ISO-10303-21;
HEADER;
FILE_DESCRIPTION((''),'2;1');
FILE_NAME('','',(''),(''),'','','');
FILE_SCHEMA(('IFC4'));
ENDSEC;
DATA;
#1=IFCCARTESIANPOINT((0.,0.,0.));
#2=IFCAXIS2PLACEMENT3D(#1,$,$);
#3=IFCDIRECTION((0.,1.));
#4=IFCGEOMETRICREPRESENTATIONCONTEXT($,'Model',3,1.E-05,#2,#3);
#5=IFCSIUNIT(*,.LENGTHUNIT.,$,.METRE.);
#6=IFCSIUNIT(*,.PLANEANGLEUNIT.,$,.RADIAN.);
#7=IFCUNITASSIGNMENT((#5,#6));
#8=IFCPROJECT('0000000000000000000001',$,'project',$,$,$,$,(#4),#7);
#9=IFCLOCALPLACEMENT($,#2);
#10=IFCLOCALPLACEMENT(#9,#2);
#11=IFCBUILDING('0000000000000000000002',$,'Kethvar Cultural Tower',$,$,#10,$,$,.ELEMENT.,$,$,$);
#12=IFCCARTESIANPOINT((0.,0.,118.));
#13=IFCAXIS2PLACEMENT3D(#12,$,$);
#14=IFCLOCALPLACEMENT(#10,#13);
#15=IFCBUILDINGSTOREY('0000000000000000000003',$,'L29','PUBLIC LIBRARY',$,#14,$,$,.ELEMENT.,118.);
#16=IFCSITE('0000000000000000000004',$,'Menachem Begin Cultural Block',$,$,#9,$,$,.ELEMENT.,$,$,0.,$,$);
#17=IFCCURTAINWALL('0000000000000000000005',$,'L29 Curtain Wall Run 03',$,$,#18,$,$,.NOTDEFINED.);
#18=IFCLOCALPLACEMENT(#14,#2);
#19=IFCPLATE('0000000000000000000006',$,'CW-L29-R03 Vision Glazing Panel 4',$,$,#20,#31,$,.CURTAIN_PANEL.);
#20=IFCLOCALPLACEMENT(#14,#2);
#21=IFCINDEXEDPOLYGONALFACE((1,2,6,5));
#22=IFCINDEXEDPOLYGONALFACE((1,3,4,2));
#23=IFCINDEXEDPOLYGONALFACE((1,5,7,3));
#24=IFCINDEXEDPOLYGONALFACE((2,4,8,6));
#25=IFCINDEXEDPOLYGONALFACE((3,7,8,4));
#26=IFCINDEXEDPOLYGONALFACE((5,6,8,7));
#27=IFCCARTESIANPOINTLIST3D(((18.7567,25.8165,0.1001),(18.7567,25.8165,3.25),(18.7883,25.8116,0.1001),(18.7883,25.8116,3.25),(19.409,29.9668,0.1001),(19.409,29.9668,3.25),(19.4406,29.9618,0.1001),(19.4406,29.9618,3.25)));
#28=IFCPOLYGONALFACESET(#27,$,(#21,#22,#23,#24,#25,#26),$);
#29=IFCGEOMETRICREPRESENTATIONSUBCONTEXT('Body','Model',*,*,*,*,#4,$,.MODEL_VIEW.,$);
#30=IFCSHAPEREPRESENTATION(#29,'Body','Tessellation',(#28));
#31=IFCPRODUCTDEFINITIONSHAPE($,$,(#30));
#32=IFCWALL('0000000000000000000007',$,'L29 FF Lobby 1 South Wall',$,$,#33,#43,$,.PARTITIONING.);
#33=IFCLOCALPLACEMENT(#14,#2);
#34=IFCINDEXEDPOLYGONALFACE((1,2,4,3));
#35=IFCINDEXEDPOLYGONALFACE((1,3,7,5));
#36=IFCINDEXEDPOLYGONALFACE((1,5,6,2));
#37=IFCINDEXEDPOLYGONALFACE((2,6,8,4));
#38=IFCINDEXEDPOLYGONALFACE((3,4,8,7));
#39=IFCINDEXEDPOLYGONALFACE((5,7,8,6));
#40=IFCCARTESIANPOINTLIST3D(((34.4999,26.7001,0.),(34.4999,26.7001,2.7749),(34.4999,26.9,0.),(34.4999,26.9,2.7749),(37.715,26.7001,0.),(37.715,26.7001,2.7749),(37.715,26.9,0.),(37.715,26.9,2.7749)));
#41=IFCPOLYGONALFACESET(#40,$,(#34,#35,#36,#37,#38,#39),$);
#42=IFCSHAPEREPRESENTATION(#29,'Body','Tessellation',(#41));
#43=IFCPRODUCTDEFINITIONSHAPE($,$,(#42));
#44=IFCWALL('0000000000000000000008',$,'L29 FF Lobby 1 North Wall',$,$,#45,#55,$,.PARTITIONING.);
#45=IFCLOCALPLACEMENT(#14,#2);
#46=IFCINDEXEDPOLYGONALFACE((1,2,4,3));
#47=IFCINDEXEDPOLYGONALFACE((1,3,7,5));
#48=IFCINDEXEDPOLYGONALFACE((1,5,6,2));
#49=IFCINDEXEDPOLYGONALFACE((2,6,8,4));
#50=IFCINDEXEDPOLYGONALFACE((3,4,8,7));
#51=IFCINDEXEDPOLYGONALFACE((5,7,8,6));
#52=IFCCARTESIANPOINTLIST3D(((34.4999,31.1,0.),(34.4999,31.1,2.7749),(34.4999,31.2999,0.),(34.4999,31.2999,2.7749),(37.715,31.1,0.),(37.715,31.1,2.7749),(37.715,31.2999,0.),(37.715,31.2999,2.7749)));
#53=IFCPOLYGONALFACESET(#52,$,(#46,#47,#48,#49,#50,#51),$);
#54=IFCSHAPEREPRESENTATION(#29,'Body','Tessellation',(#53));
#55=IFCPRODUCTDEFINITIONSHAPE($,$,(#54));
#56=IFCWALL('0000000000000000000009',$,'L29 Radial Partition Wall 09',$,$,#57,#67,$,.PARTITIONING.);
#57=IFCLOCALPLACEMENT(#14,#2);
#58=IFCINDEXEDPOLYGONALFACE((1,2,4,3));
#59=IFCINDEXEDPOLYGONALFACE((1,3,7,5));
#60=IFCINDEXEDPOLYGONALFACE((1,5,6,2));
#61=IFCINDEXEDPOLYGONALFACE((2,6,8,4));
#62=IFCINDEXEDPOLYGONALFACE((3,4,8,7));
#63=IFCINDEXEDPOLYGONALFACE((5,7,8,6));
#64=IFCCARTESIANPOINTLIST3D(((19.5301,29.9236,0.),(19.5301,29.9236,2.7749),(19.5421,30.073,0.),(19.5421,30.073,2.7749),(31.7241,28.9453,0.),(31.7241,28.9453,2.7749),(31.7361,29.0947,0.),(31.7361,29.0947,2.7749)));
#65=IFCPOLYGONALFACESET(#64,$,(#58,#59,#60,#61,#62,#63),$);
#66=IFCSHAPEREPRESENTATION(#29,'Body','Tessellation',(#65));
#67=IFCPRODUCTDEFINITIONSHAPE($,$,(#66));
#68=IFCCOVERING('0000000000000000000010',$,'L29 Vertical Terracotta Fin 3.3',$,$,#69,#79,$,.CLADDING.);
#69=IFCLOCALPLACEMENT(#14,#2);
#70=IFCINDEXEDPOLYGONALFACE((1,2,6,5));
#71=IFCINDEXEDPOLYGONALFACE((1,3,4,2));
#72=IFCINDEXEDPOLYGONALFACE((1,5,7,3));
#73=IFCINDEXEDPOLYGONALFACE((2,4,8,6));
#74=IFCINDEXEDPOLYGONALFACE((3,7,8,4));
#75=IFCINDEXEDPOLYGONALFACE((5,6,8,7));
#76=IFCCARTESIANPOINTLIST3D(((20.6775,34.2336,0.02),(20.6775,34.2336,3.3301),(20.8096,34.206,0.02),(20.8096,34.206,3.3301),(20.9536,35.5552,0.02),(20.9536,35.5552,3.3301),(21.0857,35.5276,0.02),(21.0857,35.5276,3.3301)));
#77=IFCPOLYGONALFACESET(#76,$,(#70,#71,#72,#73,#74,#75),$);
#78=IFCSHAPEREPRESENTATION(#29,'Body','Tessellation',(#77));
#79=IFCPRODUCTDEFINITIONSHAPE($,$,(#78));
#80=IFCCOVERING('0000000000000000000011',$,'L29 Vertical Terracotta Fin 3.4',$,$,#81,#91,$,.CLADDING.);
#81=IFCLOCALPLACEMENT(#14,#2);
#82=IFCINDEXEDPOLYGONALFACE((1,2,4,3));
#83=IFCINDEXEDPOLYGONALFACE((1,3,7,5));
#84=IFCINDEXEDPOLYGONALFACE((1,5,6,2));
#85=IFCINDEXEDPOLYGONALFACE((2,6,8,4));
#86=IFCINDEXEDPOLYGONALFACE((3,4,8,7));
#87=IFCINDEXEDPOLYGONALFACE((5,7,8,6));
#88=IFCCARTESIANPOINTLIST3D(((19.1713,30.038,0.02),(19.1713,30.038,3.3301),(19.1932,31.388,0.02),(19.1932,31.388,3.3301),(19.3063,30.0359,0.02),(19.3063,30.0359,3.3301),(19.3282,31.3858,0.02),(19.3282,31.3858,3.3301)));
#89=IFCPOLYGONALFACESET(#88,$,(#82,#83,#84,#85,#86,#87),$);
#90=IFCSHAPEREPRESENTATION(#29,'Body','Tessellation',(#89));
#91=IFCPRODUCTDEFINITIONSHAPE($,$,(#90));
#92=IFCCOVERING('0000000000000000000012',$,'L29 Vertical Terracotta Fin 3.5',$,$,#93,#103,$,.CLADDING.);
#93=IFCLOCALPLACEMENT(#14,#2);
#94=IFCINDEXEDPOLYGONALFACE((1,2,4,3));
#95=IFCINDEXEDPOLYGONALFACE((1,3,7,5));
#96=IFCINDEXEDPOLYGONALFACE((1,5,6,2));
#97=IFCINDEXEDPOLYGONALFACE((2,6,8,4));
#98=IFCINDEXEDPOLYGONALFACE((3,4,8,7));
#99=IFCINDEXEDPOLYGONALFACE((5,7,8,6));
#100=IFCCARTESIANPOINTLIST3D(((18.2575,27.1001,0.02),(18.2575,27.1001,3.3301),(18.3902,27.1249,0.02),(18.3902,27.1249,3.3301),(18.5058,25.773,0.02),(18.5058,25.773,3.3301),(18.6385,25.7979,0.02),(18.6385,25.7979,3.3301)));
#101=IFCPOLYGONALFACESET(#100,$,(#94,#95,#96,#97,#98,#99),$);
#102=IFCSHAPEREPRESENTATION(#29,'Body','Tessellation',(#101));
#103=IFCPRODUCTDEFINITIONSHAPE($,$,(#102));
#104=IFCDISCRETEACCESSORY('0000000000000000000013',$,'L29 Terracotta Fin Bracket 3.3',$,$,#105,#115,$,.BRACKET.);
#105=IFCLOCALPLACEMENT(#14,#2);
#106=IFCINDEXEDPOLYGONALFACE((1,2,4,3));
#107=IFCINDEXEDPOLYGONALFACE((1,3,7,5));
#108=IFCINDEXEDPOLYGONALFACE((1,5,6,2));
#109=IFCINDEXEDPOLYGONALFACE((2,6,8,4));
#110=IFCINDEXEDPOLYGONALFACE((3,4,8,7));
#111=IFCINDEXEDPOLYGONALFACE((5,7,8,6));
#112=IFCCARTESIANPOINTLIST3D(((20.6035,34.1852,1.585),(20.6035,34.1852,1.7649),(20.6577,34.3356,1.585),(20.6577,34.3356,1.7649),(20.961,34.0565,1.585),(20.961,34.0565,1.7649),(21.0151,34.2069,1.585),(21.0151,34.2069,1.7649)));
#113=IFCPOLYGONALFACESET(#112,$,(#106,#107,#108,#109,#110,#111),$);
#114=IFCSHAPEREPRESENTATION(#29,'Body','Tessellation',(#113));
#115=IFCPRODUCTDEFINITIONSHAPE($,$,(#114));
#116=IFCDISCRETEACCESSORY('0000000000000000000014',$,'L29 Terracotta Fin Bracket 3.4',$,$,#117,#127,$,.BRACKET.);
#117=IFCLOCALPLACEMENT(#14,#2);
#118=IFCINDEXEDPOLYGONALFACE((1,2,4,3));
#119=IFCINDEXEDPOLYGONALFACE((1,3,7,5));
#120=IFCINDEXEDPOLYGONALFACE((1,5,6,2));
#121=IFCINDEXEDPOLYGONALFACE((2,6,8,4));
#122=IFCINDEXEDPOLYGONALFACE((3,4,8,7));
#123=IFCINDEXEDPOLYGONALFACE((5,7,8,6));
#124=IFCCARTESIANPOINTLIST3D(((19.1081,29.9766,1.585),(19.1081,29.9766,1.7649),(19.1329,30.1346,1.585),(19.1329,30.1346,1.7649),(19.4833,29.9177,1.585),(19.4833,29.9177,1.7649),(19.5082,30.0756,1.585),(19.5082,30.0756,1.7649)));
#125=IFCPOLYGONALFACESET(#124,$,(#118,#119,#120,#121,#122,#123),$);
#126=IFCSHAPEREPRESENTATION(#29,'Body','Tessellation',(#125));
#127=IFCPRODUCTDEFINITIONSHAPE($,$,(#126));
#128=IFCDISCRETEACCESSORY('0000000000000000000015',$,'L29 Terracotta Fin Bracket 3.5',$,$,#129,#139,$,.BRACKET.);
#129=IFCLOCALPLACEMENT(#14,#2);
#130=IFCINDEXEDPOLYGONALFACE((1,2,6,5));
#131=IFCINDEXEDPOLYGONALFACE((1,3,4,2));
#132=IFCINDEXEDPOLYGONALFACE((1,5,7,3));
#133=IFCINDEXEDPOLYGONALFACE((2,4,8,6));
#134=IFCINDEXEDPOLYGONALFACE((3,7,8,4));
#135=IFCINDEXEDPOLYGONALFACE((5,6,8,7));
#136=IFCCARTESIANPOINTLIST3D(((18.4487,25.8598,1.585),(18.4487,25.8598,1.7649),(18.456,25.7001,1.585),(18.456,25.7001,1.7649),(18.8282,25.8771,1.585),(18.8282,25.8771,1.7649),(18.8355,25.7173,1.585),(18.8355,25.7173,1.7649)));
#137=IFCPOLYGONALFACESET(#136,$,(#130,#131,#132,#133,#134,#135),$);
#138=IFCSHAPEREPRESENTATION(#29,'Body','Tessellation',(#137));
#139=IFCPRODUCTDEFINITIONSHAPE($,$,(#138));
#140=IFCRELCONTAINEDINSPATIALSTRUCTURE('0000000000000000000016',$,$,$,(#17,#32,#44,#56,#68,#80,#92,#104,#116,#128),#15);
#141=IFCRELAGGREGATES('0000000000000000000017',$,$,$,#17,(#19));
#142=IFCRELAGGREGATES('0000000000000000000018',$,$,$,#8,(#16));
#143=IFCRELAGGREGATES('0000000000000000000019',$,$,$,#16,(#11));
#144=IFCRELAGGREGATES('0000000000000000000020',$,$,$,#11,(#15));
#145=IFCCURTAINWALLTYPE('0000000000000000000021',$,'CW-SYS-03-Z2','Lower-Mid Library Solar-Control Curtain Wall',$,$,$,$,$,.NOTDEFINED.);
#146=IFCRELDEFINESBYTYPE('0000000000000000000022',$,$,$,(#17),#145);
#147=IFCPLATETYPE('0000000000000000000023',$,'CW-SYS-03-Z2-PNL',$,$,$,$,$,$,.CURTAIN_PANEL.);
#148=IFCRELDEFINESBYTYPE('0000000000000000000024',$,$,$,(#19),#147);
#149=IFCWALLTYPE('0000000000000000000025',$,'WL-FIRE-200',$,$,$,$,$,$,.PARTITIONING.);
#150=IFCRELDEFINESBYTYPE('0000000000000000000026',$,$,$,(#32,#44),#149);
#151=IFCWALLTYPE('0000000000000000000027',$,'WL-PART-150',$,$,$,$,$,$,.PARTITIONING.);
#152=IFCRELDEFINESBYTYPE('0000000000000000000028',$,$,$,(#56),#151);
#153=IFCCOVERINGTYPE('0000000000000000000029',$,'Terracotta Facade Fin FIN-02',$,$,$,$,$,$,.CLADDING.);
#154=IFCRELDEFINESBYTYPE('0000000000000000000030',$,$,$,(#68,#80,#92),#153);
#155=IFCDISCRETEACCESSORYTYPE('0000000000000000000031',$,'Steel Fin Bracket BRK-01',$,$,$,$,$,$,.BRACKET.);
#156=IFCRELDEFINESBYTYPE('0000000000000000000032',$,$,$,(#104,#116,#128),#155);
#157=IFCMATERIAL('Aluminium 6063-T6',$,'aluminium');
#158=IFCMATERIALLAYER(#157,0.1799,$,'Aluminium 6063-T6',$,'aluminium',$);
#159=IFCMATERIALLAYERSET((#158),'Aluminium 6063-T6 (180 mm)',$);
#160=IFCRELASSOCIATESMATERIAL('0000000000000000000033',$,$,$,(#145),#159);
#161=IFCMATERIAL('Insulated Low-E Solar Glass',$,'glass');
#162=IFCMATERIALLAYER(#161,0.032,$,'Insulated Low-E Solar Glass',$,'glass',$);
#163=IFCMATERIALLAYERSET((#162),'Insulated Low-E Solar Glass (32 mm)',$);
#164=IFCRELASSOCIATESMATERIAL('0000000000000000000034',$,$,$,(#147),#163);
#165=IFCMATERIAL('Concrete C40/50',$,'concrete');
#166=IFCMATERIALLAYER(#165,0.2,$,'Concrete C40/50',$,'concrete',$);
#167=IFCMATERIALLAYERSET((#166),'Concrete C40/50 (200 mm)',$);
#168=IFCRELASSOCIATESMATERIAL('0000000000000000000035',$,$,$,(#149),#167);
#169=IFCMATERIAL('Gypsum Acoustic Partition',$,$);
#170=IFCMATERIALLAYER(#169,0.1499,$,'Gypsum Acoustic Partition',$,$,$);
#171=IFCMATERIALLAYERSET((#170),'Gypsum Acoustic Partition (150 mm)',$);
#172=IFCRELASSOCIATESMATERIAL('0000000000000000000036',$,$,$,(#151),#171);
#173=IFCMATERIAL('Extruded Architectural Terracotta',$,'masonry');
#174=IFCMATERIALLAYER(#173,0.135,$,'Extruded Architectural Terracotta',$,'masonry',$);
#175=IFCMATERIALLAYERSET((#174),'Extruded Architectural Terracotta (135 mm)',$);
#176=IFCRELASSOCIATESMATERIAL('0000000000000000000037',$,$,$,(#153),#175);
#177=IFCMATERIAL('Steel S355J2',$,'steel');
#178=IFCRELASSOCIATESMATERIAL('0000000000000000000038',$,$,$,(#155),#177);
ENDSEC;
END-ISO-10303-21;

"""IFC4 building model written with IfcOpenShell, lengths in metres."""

from ifc_helpers import new_model, si_unit, direction, frame, frame_2d, origin, origin_2d, place, context, subcontext, project, spatial, rectangle, extrude, source, transform, mapped, material, layer, layer_set, type_object, element, aggregate, save


model = new_model("IFC4")

# Units and contexts
model_context = context("Model", 3, precision=1e-05, world=origin(), true_north=direction((0.0, 1.0)))
body_context = subcontext(model_context, "Body", "Model", "MODEL_VIEW")
ifc_project = project(units=[si_unit("LENGTHUNIT", "METRE"), si_unit("PLANEANGLEUNIT", "RADIAN")], contexts=[model_context])

# Site, building, storey
site_placement = place(None, origin())
site = spatial("IfcSite", under=ifc_project, at=site_placement, Name="Menachem Begin Cultural Block", CompositionType="ELEMENT", RefElevation=0.0)
building_placement = place(site_placement, origin())
building = spatial("IfcBuilding", under=site, at=building_placement, Name="Kethvar Cultural Tower", CompositionType="ELEMENT")
storey_placement = place(building_placement, frame((0.0, 0.0, 118.0)))
storey = spatial("IfcBuildingStorey", under=building, at=storey_placement, Name="L29", Description="PUBLIC LIBRARY", CompositionType="ELEMENT", Elevation=118.0)

# Shared definitions
ifc_material_1 = material(Name="Steel S355J2", Category="steel")

# Curtain wall, plate
ifc_material_2 = material(Name="Aluminium 6063-T6", Category="aluminium")
ifc_layer_1 = layer(ifc_material_2, 0.1799, Name="Aluminium 6063-T6", Category="aluminium")
ifc_layer_set_1 = layer_set([ifc_layer_1], Name="Aluminium 6063-T6 (180 mm)")
curtain_wall_type = type_object("IfcCurtainWallType", Name="CW-SYS-03-Z2", Description="Lower-Mid Library Solar-Control Curtain Wall", PredefinedType="NOTDEFINED", material=ifc_layer_set_1)
curtain_wall_placement = place(storey_placement, origin())
curtain_wall = element("IfcCurtainWall", 1, at=curtain_wall_placement, inside=storey, type_object=curtain_wall_type, Name="L29 Curtain Wall Run 03", PredefinedType="NOTDEFINED")
ifc_material_3 = material(Name="Insulated Low-E Solar Glass", Category="glass")
ifc_layer_2 = layer(ifc_material_3, 0.032, Name="Insulated Low-E Solar Glass", Category="glass")
ifc_layer_set_2 = layer_set([ifc_layer_2], Name="Insulated Low-E Solar Glass (32 mm)")
plate_type = type_object("IfcPlateType", Name="CW-SYS-03-Z2-PNL", PredefinedType="CURTAIN_PANEL", material=ifc_layer_set_2)
shared_shape_1 = source(origin(), body_context, "Body", "SweptSolid", [
    extrude(rectangle(XDim=4.2012, YDim=0.032, at=origin_2d()), origin(), (0.0, 0.0, 1.0), 3.1499),
])
plate_1_placement = place(storey_placement, frame((19.0986, 27.8892, 0.1001), z_axis=(0.0, 0.0, 1.0), x_axis=(-0.155262, -0.987873, 0.0)))
plate_1 = element("IfcPlate", 2, at=plate_1_placement, type_object=plate_type, Name="CW-L29-R03 Vision Glazing Panel 4", PredefinedType="CURTAIN_PANEL", context=body_context, shape_type="MappedRepresentation", body=[
    mapped(shared_shape_1, transform((0.0, 0.0, 0.0), scale=1.0)),
])
aggregate(curtain_wall, [plate_1])

# Shared definitions
ifc_material_4 = material(Name="Concrete C40/50", Category="concrete")
ifc_layer_3 = layer(ifc_material_4, 0.2, Name="Concrete C40/50", Category="concrete")
ifc_layer_set_3 = layer_set([ifc_layer_3], Name="Concrete C40/50 (200 mm)")
wall_type_1 = type_object("IfcWallType", Name="WL-FIRE-200", PredefinedType="PARTITIONING", material=ifc_layer_set_3)

# Walls
for number, where, z_axis, x_axis, name in (
    (3, (34.5, 26.8, 0.0), (0.0, 0.0, 1.0), (1.0, 0.0, 0.0), "L29 FF Lobby 1 South Wall"),
    (4, (34.5, 31.2, 0.0), (0.0, 0.0, 1.0), (1.0, 0.0, 0.0), "L29 FF Lobby 1 North Wall"),
):
    element("IfcWall", number, at=place(storey_placement, frame(where, z_axis=z_axis, x_axis=x_axis)), inside=storey, type_object=wall_type_1, Name=name, PredefinedType="PARTITIONING", context=body_context, shape_type="SweptSolid", body=[
        extrude(rectangle(XDim=3.2151, YDim=0.2, at=frame_2d((1.6074, 0.0))), origin(), (0.0, 0.0, 1.0), 2.7749),
    ])
ifc_material_5 = material(Name="Gypsum Acoustic Partition")
ifc_layer_4 = layer(ifc_material_5, 0.1499, Name="Gypsum Acoustic Partition")
ifc_layer_set_4 = layer_set([ifc_layer_4], Name="Gypsum Acoustic Partition (150 mm)")
wall_type_2 = type_object("IfcWallType", Name="WL-PART-150", PredefinedType="PARTITIONING", material=ifc_layer_set_4)
wall_1_placement = place(storey_placement, frame((31.7302, 29.02, 0.0), z_axis=(0.0, 0.0, 1.0), x_axis=(-0.996797, 0.079968, 0.0)))
element("IfcWall", 5, at=wall_1_placement, inside=storey, type_object=wall_type_2, Name="L29 Radial Partition Wall 09", PredefinedType="PARTITIONING", context=body_context, shape_type="SweptSolid", body=[
    extrude(rectangle(XDim=12.2332, YDim=0.1499, at=frame_2d((6.1167, 0.0))), origin(), (0.0, 0.0, 1.0), 2.7749),
])

# Coverings
ifc_material_6 = material(Name="Extruded Architectural Terracotta", Category="masonry")
ifc_layer_5 = layer(ifc_material_6, 0.135, Name="Extruded Architectural Terracotta", Category="masonry")
ifc_layer_set_5 = layer_set([ifc_layer_5], Name="Extruded Architectural Terracotta (135 mm)")
covering_type = type_object("IfcCoveringType", Name="Terracotta Facade Fin FIN-02", PredefinedType="CLADDING", material=ifc_layer_set_5)
shared_shape_2 = source(origin(), body_context, "Body", "SweptSolid", [
    extrude(rectangle(XDim=1.3501, YDim=0.135, at=origin_2d()), origin(), (0.0, 0.0, 1.0), 3.3101),
])
for number, where, z_axis, x_axis, name in (
    (6, (20.8816, 34.8806, 0.02), (0.0, 0.0, 1.0), (0.204496, 0.978867, 0.0), "L29 Vertical Terracotta Fin 3.3"),
    (7, (19.2498, 30.7119, 0.02), (0.0, 0.0, 1.0), (0.016231, 0.999868, 0.0), "L29 Vertical Terracotta Fin 3.4"),
    (8, (18.448, 26.449, 0.02), (0.0, 0.0, 1.0), (-0.183951, 0.982935, 0.0), "L29 Vertical Terracotta Fin 3.5"),
):
    element("IfcCovering", number, at=place(storey_placement, frame(where, z_axis=z_axis, x_axis=x_axis)), inside=storey, type_object=covering_type, Name=name, PredefinedType="CLADDING", context=body_context, shape_type="MappedRepresentation", body=[
        mapped(shared_shape_2, transform((0.0, 0.0, 0.0), scale=1.0)),
    ])

# Discrete accessories
discrete_accessory_type = type_object("IfcDiscreteAccessoryType", Name="Steel Fin Bracket BRK-01", PredefinedType="BRACKET", material=ifc_material_1)
shared_shape_3 = source(origin(), body_context, "Body", "SweptSolid", [
    extrude(rectangle(XDim=0.3799, YDim=0.1599, at=origin_2d()), origin(), (0.0, 0.0, 1.0), 0.1799),
])
for number, where, z_axis, x_axis, name in (
    (9, (20.8093, 34.196, 1.585), (0.0, 0.0, 1.0), (-0.940881, 0.338738, 0.0), "L29 Terracotta Fin Bracket 3.3"),
    (10, (19.3081, 30.0261, 1.585), (0.0, 0.0, 1.0), (-0.987879, 0.155228, 0.0), "L29 Terracotta Fin Bracket 3.4"),
    (11, (18.6421, 25.7886, 1.585), (0.0, 0.0, 1.0), (-0.998971, -0.045363, 0.0), "L29 Terracotta Fin Bracket 3.5"),
):
    element("IfcDiscreteAccessory", number, at=place(storey_placement, frame(where, z_axis=z_axis, x_axis=x_axis)), inside=storey, type_object=discrete_accessory_type, Name=name, PredefinedType="BRACKET", context=body_context, shape_type="MappedRepresentation", body=[
        mapped(shared_shape_3, transform((0.0, 0.0, 0.0), scale=1.0)),
    ])

save(model, "model.ifc")
